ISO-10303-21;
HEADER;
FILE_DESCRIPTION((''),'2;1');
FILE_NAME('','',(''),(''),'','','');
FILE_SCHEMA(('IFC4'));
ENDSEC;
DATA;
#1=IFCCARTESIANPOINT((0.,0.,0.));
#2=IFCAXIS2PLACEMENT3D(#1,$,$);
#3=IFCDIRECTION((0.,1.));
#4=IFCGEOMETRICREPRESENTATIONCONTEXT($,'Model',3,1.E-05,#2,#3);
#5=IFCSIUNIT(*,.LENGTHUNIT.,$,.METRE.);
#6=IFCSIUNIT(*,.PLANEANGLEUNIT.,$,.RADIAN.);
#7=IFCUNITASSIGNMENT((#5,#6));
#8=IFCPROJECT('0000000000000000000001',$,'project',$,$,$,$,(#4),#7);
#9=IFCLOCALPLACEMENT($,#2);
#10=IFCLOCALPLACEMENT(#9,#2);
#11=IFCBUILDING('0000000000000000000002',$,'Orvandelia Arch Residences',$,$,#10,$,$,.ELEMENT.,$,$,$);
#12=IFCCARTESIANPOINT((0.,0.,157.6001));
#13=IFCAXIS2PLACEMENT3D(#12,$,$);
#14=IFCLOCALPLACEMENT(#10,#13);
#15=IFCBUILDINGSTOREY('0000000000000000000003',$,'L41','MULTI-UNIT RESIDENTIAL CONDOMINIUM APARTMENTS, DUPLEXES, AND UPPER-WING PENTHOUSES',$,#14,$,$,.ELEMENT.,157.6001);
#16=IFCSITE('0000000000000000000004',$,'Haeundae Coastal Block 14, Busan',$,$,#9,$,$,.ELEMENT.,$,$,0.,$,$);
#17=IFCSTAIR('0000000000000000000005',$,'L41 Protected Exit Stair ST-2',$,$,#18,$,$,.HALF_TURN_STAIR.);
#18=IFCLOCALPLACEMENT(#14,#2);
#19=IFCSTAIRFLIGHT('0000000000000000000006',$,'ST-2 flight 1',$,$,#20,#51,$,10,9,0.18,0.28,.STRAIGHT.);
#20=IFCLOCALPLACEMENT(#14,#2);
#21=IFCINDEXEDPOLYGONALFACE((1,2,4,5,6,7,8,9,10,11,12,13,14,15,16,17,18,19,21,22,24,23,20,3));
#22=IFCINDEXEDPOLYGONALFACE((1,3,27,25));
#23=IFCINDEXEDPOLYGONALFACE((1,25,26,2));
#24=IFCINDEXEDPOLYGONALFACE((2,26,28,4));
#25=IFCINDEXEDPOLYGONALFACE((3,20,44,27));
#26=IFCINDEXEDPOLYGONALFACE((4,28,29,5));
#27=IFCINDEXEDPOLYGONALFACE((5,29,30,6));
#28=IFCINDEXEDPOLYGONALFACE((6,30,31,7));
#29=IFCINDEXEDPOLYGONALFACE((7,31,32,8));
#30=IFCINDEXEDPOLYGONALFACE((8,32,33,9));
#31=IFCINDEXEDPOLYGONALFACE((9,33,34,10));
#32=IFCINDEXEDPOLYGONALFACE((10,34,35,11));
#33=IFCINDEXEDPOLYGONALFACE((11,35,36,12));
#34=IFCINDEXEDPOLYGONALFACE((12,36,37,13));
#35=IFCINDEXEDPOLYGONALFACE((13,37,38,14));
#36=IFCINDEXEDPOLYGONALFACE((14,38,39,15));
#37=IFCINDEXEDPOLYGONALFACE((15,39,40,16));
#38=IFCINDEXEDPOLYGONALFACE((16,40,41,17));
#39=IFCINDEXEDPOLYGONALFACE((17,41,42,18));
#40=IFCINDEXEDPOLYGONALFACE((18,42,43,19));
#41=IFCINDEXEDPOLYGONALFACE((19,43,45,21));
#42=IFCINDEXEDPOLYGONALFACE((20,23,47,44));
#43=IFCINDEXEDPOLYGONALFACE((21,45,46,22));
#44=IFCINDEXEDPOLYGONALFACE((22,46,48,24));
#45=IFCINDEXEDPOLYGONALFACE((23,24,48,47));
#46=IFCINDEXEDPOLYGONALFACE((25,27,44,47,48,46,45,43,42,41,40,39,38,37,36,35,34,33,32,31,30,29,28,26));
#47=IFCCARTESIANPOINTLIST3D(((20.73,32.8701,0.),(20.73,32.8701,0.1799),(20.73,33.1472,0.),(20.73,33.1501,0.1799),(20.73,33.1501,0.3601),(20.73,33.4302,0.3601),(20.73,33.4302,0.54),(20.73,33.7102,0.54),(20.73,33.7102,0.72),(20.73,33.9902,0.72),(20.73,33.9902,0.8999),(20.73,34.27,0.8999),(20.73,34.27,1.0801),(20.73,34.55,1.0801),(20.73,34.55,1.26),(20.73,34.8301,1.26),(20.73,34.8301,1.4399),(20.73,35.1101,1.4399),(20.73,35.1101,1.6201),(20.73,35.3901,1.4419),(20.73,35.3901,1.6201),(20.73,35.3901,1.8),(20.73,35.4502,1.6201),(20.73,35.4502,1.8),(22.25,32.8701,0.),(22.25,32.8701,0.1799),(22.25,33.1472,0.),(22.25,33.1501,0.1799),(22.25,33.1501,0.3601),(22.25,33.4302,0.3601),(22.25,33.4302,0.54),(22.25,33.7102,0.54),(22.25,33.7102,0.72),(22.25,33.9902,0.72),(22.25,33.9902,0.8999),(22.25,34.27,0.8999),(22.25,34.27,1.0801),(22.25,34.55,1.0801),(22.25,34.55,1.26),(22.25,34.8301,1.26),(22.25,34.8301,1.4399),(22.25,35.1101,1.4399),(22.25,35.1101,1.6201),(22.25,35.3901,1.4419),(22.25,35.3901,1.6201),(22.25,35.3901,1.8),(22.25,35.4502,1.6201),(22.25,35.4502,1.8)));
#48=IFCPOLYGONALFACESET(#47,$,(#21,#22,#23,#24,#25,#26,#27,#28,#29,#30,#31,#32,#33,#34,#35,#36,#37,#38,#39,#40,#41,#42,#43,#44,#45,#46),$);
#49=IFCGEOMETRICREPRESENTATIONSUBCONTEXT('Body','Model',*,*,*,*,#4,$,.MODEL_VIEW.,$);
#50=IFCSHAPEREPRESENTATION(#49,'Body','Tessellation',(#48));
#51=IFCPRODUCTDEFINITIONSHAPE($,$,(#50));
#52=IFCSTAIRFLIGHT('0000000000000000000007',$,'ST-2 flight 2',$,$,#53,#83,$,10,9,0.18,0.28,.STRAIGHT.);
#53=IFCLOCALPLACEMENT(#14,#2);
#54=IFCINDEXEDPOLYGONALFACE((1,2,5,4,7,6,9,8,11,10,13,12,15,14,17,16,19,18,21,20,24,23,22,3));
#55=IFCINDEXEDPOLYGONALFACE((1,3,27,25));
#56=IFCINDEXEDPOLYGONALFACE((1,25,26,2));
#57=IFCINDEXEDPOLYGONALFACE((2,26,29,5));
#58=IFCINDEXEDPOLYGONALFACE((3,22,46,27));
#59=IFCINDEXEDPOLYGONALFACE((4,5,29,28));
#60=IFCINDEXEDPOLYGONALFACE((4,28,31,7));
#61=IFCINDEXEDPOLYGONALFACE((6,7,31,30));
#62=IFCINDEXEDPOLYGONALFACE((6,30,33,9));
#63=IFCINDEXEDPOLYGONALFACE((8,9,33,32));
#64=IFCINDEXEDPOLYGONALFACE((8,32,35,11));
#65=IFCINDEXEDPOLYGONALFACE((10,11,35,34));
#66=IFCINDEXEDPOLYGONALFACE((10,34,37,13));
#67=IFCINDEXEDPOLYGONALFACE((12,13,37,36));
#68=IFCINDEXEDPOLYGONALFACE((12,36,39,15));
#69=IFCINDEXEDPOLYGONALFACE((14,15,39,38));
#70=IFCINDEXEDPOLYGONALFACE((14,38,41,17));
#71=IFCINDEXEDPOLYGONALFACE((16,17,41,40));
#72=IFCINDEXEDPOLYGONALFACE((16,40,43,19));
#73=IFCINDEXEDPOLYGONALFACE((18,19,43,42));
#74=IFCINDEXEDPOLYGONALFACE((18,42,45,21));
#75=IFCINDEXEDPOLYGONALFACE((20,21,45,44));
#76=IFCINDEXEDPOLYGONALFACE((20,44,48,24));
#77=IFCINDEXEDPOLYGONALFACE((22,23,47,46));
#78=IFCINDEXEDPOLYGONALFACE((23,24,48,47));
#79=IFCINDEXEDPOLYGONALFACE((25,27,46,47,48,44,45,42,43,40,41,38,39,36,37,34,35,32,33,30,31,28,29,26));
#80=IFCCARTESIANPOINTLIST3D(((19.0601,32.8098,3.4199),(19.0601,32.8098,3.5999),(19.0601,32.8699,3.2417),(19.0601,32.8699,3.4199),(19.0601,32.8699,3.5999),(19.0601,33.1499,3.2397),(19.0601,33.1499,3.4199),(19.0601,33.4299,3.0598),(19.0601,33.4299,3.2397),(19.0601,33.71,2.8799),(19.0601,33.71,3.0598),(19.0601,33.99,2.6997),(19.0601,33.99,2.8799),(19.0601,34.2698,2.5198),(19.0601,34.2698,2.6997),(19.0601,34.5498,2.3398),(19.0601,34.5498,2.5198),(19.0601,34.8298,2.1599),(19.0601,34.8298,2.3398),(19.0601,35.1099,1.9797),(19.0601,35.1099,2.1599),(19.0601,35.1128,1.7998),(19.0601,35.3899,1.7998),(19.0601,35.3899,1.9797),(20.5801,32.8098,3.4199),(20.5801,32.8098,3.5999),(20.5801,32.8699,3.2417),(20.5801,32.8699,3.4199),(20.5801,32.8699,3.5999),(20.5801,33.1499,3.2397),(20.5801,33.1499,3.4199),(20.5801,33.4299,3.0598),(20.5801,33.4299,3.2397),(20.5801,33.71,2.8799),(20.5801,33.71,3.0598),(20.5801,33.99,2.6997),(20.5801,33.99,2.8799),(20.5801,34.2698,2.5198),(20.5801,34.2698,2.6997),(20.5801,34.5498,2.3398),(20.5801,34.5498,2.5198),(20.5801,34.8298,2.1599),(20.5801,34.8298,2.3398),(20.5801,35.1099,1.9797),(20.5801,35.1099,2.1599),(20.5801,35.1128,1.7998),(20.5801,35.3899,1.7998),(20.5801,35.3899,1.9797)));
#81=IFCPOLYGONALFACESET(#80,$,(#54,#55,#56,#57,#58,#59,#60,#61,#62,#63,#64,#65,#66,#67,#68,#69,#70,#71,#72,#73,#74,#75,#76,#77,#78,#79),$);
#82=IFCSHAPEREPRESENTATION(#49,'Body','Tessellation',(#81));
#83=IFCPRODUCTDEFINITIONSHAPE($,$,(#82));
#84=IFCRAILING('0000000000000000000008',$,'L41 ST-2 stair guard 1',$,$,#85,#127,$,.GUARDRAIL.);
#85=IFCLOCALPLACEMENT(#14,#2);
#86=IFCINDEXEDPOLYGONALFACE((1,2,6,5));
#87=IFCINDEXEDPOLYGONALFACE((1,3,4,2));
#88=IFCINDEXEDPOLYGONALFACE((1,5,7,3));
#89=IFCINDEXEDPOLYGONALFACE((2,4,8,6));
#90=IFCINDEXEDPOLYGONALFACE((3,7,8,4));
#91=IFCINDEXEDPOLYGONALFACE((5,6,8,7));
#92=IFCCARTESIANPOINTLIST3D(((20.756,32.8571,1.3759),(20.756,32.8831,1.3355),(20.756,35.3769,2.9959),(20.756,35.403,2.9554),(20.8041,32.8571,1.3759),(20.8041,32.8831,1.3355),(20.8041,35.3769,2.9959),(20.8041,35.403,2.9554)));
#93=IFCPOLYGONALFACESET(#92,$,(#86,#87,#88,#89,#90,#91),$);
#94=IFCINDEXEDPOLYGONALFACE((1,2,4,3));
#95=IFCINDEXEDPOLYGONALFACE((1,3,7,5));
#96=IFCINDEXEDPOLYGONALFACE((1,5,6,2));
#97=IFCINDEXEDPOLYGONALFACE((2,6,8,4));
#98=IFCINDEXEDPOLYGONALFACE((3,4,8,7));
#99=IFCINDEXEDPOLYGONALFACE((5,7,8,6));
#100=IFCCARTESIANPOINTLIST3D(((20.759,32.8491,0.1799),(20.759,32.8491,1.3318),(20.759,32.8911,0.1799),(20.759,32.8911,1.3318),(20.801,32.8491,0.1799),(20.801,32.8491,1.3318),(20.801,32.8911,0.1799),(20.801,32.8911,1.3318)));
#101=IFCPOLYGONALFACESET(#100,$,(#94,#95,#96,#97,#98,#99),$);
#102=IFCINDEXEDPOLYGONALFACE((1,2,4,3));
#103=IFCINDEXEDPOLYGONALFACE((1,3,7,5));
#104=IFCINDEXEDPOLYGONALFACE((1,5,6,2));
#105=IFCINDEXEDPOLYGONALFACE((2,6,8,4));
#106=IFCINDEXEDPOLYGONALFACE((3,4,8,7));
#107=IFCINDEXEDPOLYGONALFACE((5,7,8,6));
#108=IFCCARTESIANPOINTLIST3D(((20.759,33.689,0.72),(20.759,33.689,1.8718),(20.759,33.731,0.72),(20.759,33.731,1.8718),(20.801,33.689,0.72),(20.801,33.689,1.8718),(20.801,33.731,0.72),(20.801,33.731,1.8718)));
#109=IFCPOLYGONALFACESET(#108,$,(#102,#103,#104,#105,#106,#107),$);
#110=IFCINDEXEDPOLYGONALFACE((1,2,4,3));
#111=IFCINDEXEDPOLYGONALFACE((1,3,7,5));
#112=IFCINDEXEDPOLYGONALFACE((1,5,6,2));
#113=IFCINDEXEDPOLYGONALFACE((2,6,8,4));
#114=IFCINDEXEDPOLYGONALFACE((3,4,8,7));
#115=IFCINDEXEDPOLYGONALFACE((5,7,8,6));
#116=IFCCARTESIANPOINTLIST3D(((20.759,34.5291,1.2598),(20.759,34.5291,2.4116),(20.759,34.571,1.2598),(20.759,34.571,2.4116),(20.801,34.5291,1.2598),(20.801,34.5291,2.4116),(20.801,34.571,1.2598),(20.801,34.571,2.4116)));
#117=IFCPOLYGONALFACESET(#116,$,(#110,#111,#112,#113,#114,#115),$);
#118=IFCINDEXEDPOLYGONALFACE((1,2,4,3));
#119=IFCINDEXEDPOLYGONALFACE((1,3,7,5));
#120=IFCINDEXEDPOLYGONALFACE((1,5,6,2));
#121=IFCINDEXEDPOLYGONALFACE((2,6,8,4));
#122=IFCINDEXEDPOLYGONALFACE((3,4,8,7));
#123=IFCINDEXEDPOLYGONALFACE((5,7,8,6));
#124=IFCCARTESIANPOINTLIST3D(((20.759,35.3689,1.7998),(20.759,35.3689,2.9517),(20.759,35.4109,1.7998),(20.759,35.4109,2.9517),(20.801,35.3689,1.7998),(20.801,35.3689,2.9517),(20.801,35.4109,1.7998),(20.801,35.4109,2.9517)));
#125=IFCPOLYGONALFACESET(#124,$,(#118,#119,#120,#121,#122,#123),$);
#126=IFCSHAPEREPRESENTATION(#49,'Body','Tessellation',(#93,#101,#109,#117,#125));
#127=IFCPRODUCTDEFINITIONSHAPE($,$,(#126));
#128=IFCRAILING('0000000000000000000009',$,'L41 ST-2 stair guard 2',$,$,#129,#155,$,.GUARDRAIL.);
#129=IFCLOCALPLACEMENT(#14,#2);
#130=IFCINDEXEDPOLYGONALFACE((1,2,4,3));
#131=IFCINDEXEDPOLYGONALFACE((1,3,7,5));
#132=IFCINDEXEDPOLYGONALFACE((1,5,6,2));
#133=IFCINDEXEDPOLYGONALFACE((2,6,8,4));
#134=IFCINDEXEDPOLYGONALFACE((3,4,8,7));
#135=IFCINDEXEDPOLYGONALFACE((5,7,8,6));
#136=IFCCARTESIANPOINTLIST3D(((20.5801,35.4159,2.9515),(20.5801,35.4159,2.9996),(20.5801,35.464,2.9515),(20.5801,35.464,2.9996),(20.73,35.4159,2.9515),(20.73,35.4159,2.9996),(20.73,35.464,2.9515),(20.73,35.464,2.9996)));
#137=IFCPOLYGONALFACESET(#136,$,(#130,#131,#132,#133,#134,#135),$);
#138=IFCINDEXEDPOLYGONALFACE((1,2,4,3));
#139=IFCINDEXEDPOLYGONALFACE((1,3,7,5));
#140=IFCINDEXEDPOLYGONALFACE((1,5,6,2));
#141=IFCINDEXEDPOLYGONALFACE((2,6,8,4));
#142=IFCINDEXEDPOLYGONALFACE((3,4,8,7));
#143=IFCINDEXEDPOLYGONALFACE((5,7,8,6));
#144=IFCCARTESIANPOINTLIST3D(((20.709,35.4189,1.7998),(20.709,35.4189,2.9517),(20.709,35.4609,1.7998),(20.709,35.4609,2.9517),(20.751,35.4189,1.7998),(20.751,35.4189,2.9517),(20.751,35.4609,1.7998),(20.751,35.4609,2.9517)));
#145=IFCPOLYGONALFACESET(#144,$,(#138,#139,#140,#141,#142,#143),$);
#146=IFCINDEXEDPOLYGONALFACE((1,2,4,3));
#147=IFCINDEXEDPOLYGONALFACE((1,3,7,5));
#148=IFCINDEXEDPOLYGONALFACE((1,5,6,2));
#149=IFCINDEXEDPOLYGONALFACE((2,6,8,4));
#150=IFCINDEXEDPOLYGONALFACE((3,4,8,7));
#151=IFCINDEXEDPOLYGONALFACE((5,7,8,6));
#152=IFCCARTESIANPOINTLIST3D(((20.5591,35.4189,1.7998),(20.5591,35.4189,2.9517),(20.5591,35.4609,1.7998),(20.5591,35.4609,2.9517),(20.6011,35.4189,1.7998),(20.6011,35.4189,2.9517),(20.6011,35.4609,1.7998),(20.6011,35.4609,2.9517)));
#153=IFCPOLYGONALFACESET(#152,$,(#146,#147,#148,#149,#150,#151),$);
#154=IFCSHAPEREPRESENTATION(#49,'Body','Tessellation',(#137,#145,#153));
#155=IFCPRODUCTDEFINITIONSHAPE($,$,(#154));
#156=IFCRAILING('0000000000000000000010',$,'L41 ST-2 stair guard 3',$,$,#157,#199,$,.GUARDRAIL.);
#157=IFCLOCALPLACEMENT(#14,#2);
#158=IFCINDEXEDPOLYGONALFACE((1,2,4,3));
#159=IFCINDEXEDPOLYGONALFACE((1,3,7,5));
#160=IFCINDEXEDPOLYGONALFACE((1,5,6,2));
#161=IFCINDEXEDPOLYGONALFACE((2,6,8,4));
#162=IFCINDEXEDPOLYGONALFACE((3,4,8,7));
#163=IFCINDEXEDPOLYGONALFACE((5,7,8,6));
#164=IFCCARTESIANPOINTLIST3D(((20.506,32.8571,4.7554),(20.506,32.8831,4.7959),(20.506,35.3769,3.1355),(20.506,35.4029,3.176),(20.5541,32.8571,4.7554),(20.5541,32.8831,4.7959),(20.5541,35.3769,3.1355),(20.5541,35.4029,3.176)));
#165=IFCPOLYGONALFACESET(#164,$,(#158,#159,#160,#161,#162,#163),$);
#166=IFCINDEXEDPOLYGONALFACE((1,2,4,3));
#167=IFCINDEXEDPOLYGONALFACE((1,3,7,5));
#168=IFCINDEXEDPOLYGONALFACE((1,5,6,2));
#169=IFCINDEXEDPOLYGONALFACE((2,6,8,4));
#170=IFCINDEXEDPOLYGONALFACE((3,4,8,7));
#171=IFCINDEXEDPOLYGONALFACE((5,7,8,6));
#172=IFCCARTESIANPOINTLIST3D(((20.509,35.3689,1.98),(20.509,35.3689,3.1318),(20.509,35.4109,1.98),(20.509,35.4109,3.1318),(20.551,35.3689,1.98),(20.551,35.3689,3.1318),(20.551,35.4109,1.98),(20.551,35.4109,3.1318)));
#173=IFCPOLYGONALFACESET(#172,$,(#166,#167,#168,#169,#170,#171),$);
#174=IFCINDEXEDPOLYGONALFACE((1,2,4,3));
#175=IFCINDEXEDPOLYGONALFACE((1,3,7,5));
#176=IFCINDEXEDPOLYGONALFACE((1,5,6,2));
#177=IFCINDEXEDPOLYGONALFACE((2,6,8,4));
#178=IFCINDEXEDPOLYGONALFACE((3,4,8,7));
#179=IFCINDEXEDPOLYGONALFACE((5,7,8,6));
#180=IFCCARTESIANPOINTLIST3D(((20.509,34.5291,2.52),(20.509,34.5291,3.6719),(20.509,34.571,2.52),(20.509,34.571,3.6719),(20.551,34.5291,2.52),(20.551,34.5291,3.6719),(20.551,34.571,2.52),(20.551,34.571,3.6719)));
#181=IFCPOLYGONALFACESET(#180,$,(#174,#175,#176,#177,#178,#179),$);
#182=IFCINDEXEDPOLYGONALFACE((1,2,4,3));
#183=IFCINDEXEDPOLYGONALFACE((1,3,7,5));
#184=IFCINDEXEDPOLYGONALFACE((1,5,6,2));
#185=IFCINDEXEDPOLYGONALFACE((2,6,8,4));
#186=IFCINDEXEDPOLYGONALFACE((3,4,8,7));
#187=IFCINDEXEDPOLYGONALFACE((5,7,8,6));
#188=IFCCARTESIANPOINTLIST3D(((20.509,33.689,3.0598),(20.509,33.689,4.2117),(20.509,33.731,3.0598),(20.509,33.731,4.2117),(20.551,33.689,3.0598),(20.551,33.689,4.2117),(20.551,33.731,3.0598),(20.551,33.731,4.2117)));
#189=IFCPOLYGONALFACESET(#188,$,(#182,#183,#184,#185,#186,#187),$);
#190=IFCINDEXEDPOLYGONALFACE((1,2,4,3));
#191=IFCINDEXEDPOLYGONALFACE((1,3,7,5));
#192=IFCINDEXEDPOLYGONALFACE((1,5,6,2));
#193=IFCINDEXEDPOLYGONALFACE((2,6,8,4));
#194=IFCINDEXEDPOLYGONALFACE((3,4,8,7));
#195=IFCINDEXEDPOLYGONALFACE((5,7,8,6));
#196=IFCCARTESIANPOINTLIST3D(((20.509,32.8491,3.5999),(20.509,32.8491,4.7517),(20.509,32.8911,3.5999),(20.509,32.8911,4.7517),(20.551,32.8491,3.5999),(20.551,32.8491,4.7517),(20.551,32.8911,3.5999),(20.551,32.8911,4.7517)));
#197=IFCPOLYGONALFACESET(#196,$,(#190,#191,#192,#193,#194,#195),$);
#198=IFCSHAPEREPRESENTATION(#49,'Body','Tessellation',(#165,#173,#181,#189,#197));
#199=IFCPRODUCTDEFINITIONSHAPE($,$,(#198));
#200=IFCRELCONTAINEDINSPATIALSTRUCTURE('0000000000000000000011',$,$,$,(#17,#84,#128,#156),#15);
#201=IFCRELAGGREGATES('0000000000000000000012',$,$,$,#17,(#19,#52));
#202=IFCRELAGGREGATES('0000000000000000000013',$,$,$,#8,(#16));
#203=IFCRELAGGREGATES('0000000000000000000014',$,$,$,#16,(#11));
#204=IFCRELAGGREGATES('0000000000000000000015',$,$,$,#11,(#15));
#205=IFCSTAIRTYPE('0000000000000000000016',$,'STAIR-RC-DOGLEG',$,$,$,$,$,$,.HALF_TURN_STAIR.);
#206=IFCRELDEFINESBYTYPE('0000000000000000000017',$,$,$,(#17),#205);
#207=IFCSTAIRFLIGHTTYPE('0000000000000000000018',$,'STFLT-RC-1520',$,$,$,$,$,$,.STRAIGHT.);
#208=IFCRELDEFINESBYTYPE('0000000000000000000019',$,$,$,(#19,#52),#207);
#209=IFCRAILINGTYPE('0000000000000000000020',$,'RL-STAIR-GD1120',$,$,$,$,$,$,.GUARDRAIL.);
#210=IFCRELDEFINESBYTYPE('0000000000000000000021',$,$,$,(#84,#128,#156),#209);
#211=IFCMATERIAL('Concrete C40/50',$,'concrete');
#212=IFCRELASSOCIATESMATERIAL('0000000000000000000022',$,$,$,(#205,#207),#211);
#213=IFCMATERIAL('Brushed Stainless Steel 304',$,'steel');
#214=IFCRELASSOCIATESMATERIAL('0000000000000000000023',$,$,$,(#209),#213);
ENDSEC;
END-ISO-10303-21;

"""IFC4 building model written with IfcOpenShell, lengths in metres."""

from ifc_helpers import new_model, si_unit, direction, frame, origin, origin_2d, place, context, subcontext, project, spatial, polyline, rectangle, outline, extrude, material, type_object, element, aggregate, save


model = new_model("IFC4")

# Units and contexts
model_context = context("Model", 3, precision=1e-05, world=origin(), true_north=direction((0.0, 1.0)))
body_context = subcontext(model_context, "Body", "Model", "MODEL_VIEW")
ifc_project = project(units=[si_unit("LENGTHUNIT", "METRE"), si_unit("PLANEANGLEUNIT", "RADIAN")], contexts=[model_context])

# Site, building, storey
site_placement = place(None, origin())
site = spatial("IfcSite", under=ifc_project, at=site_placement, Name="Haeundae Coastal Block 14, Busan", CompositionType="ELEMENT", RefElevation=0.0)
building_placement = place(site_placement, origin())
building = spatial("IfcBuilding", under=site, at=building_placement, Name="Orvandelia Arch Residences", CompositionType="ELEMENT")
storey_placement = place(building_placement, frame((0.0, 0.0, 157.6001)))
storey = spatial("IfcBuildingStorey", under=building, at=storey_placement, Name="L41", Description="MULTI-UNIT RESIDENTIAL CONDOMINIUM APARTMENTS, DUPLEXES, AND UPPER-WING PENTHOUSES", CompositionType="ELEMENT", Elevation=157.6001)

# Stair, stair flights
ifc_material_1 = material(Name="Concrete C40/50", Category="concrete")
stair_type = type_object("IfcStairType", Name="STAIR-RC-DOGLEG", PredefinedType="HALF_TURN_STAIR", material=ifc_material_1)
stair_placement = place(storey_placement, origin())
stair = element("IfcStair", 1, at=stair_placement, inside=storey, type_object=stair_type, Name="L41 Protected Exit Stair ST-2", PredefinedType="HALF_TURN_STAIR")
stair_flight_type = type_object("IfcStairFlightType", Name="STFLT-RC-1520", PredefinedType="STRAIGHT", material=ifc_material_1)
stair_flight_1_placement = place(storey_placement, frame((21.49, 32.8701, 0.0), z_axis=(0.0, 0.0, 1.0), x_axis=(0.0, 1.0, 0.0)))
stair_flight_1 = element("IfcStairFlight", 2, at=stair_flight_1_placement, type_object=stair_flight_type, Name="ST-2 flight 1", NumberOfRisers=10, NumberOfTreads=9, PredefinedType="STRAIGHT", RiserHeight=0.18, TreadLength=0.28, context=body_context, shape_type="SweptSolid", body=[
    extrude(outline(polyline([(0.0, 0.0), (0.0, 0.1799), (0.28, 0.1799), (0.28, 0.3601), (0.5601, 0.3601), (0.5601, 0.54), (0.8401, 0.54), (0.8401, 0.72), (1.1201, 0.72), (1.1201, 0.8999), (1.3999, 0.8999), (1.3999, 1.0801), (1.6799, 1.0801), (1.6799, 1.26), (1.96, 1.26), (1.96, 1.4399), (2.24, 1.4399), (2.24, 1.6201), (2.52, 1.6201), (2.52, 1.8), (2.5801, 1.8), (2.5801, 1.6201), (2.52, 1.4419), (0.2771, 0.0), (0.0, 0.0)])), frame((0.0, 0.76, 0.0), z_axis=(0.0, -1.0, 0.0), x_axis=(1.0, 0.0, 0.0)), (0.0, 0.0, 1.0), 1.52),
])
stair_flight_2_placement = place(storey_placement, frame((19.8201, 35.3899, 1.7998), z_axis=(0.0, 0.0, 1.0), x_axis=(0.0, -1.0, 0.0)))
stair_flight_2 = element("IfcStairFlight", 3, at=stair_flight_2_placement, type_object=stair_flight_type, Name="ST-2 flight 2", NumberOfRisers=10, NumberOfTreads=9, PredefinedType="STRAIGHT", RiserHeight=0.18, TreadLength=0.28, context=body_context, shape_type="SweptSolid", body=[
    extrude(outline(polyline([(0.0, 0.0), (0.0, 0.1799), (0.28, 0.1799), (0.28, 0.3601), (0.5601, 0.3601), (0.5601, 0.54), (0.8401, 0.54), (0.8401, 0.72), (1.1201, 0.72), (1.1201, 0.8999), (1.3999, 0.8999), (1.3999, 1.0801), (1.6799, 1.0801), (1.6799, 1.26), (1.96, 1.26), (1.96, 1.4399), (2.24, 1.4399), (2.24, 1.6201), (2.52, 1.6201), (2.52, 1.8), (2.5801, 1.8), (2.5801, 1.6201), (2.52, 1.4419), (0.2771, 0.0), (0.0, 0.0)])), frame((0.0, 0.76, 0.0), z_axis=(0.0, -1.0, 0.0), x_axis=(1.0, 0.0, 0.0)), (0.0, 0.0, 1.0), 1.52),
])
aggregate(stair, [stair_flight_1, stair_flight_2])

# Railings
ifc_material_2 = material(Name="Brushed Stainless Steel 304", Category="steel")
railing_type_1 = type_object("IfcRailingType", Name="RL-STAIR-GD1120", PredefinedType="GUARDRAIL", material=ifc_material_2)
railing_1_placement = place(storey_placement, frame((20.78, 32.8701, 0.1799)))
element("IfcRailing", 4, at=railing_1_placement, inside=storey, type_object=railing_type_1, Name="L41 ST-2 stair guard 1", PredefinedType="GUARDRAIL", context=body_context, shape_type="SweptSolid", body=[
    extrude(rectangle(XDim=0.0481, YDim=0.0481, at=origin_2d()), frame((0.0, 0.0, 1.1758), z_axis=(0.0, 0.841176, 0.540762), x_axis=(-1.0, 0.0, 0.0)), (0.0, 0.0, 1.0), 2.9956),
    extrude(rectangle(XDim=0.042, YDim=0.042, at=origin_2d()), origin(), (0.0, 0.0, 1.0), 1.1519),
    extrude(rectangle(XDim=0.042, YDim=0.042, at=origin_2d()), frame((0.0, 0.8398, 0.54)), (0.0, 0.0, 1.0), 1.1519),
    extrude(rectangle(XDim=0.042, YDim=0.042, at=origin_2d()), frame((0.0, 1.6799, 1.0798)), (0.0, 0.0, 1.0), 1.1519),
    extrude(rectangle(XDim=0.042, YDim=0.042, at=origin_2d()), frame((0.0, 2.5198, 1.6199)), (0.0, 0.0, 1.0), 1.1519),
])
railing_2_placement = place(storey_placement, frame((20.73, 35.4399, 1.7998)))
element("IfcRailing", 5, at=railing_2_placement, inside=storey, type_object=railing_type_1, Name="L41 ST-2 stair guard 2", PredefinedType="GUARDRAIL", context=body_context, shape_type="SweptSolid", body=[
    extrude(rectangle(XDim=0.0481, YDim=0.0481, at=origin_2d()), frame((0.0, 0.0, 1.1758), z_axis=(-1.0, 0.0, 0.0), x_axis=(0.0, -1.0, 0.0)), (0.0, 0.0, 1.0), 0.1499),
    extrude(rectangle(XDim=0.042, YDim=0.042, at=origin_2d()), origin(), (0.0, 0.0, 1.0), 1.1519),
    extrude(rectangle(XDim=0.042, YDim=0.042, at=origin_2d()), frame((-0.1499, 0.0, 0.0)), (0.0, 0.0, 1.0), 1.1519),
])
railing_3_placement = place(storey_placement, frame((20.53, 35.3899, 1.98)))
element("IfcRailing", 6, at=railing_3_placement, inside=storey, type_object=railing_type_1, Name="L41 ST-2 stair guard 3", PredefinedType="GUARDRAIL", context=body_context, shape_type="SweptSolid", body=[
    extrude(rectangle(XDim=0.0481, YDim=0.0481, at=origin_2d()), frame((0.0, 0.0, 1.1758), z_axis=(0.0, -0.841176, 0.540762), x_axis=(1.0, 0.0, 0.0)), (0.0, 0.0, 1.0), 2.9956),
    extrude(rectangle(XDim=0.042, YDim=0.042, at=origin_2d()), origin(), (0.0, 0.0, 1.0), 1.1519),
    extrude(rectangle(XDim=0.042, YDim=0.042, at=origin_2d()), frame((0.0, -0.8398, 0.54)), (0.0, 0.0, 1.0), 1.1519),
    extrude(rectangle(XDim=0.042, YDim=0.042, at=origin_2d()), frame((0.0, -1.6799, 1.0798)), (0.0, 0.0, 1.0), 1.1519),
    extrude(rectangle(XDim=0.042, YDim=0.042, at=origin_2d()), frame((0.0, -2.5198, 1.6199)), (0.0, 0.0, 1.0), 1.1519),
])

save(model, "model.ifc")
